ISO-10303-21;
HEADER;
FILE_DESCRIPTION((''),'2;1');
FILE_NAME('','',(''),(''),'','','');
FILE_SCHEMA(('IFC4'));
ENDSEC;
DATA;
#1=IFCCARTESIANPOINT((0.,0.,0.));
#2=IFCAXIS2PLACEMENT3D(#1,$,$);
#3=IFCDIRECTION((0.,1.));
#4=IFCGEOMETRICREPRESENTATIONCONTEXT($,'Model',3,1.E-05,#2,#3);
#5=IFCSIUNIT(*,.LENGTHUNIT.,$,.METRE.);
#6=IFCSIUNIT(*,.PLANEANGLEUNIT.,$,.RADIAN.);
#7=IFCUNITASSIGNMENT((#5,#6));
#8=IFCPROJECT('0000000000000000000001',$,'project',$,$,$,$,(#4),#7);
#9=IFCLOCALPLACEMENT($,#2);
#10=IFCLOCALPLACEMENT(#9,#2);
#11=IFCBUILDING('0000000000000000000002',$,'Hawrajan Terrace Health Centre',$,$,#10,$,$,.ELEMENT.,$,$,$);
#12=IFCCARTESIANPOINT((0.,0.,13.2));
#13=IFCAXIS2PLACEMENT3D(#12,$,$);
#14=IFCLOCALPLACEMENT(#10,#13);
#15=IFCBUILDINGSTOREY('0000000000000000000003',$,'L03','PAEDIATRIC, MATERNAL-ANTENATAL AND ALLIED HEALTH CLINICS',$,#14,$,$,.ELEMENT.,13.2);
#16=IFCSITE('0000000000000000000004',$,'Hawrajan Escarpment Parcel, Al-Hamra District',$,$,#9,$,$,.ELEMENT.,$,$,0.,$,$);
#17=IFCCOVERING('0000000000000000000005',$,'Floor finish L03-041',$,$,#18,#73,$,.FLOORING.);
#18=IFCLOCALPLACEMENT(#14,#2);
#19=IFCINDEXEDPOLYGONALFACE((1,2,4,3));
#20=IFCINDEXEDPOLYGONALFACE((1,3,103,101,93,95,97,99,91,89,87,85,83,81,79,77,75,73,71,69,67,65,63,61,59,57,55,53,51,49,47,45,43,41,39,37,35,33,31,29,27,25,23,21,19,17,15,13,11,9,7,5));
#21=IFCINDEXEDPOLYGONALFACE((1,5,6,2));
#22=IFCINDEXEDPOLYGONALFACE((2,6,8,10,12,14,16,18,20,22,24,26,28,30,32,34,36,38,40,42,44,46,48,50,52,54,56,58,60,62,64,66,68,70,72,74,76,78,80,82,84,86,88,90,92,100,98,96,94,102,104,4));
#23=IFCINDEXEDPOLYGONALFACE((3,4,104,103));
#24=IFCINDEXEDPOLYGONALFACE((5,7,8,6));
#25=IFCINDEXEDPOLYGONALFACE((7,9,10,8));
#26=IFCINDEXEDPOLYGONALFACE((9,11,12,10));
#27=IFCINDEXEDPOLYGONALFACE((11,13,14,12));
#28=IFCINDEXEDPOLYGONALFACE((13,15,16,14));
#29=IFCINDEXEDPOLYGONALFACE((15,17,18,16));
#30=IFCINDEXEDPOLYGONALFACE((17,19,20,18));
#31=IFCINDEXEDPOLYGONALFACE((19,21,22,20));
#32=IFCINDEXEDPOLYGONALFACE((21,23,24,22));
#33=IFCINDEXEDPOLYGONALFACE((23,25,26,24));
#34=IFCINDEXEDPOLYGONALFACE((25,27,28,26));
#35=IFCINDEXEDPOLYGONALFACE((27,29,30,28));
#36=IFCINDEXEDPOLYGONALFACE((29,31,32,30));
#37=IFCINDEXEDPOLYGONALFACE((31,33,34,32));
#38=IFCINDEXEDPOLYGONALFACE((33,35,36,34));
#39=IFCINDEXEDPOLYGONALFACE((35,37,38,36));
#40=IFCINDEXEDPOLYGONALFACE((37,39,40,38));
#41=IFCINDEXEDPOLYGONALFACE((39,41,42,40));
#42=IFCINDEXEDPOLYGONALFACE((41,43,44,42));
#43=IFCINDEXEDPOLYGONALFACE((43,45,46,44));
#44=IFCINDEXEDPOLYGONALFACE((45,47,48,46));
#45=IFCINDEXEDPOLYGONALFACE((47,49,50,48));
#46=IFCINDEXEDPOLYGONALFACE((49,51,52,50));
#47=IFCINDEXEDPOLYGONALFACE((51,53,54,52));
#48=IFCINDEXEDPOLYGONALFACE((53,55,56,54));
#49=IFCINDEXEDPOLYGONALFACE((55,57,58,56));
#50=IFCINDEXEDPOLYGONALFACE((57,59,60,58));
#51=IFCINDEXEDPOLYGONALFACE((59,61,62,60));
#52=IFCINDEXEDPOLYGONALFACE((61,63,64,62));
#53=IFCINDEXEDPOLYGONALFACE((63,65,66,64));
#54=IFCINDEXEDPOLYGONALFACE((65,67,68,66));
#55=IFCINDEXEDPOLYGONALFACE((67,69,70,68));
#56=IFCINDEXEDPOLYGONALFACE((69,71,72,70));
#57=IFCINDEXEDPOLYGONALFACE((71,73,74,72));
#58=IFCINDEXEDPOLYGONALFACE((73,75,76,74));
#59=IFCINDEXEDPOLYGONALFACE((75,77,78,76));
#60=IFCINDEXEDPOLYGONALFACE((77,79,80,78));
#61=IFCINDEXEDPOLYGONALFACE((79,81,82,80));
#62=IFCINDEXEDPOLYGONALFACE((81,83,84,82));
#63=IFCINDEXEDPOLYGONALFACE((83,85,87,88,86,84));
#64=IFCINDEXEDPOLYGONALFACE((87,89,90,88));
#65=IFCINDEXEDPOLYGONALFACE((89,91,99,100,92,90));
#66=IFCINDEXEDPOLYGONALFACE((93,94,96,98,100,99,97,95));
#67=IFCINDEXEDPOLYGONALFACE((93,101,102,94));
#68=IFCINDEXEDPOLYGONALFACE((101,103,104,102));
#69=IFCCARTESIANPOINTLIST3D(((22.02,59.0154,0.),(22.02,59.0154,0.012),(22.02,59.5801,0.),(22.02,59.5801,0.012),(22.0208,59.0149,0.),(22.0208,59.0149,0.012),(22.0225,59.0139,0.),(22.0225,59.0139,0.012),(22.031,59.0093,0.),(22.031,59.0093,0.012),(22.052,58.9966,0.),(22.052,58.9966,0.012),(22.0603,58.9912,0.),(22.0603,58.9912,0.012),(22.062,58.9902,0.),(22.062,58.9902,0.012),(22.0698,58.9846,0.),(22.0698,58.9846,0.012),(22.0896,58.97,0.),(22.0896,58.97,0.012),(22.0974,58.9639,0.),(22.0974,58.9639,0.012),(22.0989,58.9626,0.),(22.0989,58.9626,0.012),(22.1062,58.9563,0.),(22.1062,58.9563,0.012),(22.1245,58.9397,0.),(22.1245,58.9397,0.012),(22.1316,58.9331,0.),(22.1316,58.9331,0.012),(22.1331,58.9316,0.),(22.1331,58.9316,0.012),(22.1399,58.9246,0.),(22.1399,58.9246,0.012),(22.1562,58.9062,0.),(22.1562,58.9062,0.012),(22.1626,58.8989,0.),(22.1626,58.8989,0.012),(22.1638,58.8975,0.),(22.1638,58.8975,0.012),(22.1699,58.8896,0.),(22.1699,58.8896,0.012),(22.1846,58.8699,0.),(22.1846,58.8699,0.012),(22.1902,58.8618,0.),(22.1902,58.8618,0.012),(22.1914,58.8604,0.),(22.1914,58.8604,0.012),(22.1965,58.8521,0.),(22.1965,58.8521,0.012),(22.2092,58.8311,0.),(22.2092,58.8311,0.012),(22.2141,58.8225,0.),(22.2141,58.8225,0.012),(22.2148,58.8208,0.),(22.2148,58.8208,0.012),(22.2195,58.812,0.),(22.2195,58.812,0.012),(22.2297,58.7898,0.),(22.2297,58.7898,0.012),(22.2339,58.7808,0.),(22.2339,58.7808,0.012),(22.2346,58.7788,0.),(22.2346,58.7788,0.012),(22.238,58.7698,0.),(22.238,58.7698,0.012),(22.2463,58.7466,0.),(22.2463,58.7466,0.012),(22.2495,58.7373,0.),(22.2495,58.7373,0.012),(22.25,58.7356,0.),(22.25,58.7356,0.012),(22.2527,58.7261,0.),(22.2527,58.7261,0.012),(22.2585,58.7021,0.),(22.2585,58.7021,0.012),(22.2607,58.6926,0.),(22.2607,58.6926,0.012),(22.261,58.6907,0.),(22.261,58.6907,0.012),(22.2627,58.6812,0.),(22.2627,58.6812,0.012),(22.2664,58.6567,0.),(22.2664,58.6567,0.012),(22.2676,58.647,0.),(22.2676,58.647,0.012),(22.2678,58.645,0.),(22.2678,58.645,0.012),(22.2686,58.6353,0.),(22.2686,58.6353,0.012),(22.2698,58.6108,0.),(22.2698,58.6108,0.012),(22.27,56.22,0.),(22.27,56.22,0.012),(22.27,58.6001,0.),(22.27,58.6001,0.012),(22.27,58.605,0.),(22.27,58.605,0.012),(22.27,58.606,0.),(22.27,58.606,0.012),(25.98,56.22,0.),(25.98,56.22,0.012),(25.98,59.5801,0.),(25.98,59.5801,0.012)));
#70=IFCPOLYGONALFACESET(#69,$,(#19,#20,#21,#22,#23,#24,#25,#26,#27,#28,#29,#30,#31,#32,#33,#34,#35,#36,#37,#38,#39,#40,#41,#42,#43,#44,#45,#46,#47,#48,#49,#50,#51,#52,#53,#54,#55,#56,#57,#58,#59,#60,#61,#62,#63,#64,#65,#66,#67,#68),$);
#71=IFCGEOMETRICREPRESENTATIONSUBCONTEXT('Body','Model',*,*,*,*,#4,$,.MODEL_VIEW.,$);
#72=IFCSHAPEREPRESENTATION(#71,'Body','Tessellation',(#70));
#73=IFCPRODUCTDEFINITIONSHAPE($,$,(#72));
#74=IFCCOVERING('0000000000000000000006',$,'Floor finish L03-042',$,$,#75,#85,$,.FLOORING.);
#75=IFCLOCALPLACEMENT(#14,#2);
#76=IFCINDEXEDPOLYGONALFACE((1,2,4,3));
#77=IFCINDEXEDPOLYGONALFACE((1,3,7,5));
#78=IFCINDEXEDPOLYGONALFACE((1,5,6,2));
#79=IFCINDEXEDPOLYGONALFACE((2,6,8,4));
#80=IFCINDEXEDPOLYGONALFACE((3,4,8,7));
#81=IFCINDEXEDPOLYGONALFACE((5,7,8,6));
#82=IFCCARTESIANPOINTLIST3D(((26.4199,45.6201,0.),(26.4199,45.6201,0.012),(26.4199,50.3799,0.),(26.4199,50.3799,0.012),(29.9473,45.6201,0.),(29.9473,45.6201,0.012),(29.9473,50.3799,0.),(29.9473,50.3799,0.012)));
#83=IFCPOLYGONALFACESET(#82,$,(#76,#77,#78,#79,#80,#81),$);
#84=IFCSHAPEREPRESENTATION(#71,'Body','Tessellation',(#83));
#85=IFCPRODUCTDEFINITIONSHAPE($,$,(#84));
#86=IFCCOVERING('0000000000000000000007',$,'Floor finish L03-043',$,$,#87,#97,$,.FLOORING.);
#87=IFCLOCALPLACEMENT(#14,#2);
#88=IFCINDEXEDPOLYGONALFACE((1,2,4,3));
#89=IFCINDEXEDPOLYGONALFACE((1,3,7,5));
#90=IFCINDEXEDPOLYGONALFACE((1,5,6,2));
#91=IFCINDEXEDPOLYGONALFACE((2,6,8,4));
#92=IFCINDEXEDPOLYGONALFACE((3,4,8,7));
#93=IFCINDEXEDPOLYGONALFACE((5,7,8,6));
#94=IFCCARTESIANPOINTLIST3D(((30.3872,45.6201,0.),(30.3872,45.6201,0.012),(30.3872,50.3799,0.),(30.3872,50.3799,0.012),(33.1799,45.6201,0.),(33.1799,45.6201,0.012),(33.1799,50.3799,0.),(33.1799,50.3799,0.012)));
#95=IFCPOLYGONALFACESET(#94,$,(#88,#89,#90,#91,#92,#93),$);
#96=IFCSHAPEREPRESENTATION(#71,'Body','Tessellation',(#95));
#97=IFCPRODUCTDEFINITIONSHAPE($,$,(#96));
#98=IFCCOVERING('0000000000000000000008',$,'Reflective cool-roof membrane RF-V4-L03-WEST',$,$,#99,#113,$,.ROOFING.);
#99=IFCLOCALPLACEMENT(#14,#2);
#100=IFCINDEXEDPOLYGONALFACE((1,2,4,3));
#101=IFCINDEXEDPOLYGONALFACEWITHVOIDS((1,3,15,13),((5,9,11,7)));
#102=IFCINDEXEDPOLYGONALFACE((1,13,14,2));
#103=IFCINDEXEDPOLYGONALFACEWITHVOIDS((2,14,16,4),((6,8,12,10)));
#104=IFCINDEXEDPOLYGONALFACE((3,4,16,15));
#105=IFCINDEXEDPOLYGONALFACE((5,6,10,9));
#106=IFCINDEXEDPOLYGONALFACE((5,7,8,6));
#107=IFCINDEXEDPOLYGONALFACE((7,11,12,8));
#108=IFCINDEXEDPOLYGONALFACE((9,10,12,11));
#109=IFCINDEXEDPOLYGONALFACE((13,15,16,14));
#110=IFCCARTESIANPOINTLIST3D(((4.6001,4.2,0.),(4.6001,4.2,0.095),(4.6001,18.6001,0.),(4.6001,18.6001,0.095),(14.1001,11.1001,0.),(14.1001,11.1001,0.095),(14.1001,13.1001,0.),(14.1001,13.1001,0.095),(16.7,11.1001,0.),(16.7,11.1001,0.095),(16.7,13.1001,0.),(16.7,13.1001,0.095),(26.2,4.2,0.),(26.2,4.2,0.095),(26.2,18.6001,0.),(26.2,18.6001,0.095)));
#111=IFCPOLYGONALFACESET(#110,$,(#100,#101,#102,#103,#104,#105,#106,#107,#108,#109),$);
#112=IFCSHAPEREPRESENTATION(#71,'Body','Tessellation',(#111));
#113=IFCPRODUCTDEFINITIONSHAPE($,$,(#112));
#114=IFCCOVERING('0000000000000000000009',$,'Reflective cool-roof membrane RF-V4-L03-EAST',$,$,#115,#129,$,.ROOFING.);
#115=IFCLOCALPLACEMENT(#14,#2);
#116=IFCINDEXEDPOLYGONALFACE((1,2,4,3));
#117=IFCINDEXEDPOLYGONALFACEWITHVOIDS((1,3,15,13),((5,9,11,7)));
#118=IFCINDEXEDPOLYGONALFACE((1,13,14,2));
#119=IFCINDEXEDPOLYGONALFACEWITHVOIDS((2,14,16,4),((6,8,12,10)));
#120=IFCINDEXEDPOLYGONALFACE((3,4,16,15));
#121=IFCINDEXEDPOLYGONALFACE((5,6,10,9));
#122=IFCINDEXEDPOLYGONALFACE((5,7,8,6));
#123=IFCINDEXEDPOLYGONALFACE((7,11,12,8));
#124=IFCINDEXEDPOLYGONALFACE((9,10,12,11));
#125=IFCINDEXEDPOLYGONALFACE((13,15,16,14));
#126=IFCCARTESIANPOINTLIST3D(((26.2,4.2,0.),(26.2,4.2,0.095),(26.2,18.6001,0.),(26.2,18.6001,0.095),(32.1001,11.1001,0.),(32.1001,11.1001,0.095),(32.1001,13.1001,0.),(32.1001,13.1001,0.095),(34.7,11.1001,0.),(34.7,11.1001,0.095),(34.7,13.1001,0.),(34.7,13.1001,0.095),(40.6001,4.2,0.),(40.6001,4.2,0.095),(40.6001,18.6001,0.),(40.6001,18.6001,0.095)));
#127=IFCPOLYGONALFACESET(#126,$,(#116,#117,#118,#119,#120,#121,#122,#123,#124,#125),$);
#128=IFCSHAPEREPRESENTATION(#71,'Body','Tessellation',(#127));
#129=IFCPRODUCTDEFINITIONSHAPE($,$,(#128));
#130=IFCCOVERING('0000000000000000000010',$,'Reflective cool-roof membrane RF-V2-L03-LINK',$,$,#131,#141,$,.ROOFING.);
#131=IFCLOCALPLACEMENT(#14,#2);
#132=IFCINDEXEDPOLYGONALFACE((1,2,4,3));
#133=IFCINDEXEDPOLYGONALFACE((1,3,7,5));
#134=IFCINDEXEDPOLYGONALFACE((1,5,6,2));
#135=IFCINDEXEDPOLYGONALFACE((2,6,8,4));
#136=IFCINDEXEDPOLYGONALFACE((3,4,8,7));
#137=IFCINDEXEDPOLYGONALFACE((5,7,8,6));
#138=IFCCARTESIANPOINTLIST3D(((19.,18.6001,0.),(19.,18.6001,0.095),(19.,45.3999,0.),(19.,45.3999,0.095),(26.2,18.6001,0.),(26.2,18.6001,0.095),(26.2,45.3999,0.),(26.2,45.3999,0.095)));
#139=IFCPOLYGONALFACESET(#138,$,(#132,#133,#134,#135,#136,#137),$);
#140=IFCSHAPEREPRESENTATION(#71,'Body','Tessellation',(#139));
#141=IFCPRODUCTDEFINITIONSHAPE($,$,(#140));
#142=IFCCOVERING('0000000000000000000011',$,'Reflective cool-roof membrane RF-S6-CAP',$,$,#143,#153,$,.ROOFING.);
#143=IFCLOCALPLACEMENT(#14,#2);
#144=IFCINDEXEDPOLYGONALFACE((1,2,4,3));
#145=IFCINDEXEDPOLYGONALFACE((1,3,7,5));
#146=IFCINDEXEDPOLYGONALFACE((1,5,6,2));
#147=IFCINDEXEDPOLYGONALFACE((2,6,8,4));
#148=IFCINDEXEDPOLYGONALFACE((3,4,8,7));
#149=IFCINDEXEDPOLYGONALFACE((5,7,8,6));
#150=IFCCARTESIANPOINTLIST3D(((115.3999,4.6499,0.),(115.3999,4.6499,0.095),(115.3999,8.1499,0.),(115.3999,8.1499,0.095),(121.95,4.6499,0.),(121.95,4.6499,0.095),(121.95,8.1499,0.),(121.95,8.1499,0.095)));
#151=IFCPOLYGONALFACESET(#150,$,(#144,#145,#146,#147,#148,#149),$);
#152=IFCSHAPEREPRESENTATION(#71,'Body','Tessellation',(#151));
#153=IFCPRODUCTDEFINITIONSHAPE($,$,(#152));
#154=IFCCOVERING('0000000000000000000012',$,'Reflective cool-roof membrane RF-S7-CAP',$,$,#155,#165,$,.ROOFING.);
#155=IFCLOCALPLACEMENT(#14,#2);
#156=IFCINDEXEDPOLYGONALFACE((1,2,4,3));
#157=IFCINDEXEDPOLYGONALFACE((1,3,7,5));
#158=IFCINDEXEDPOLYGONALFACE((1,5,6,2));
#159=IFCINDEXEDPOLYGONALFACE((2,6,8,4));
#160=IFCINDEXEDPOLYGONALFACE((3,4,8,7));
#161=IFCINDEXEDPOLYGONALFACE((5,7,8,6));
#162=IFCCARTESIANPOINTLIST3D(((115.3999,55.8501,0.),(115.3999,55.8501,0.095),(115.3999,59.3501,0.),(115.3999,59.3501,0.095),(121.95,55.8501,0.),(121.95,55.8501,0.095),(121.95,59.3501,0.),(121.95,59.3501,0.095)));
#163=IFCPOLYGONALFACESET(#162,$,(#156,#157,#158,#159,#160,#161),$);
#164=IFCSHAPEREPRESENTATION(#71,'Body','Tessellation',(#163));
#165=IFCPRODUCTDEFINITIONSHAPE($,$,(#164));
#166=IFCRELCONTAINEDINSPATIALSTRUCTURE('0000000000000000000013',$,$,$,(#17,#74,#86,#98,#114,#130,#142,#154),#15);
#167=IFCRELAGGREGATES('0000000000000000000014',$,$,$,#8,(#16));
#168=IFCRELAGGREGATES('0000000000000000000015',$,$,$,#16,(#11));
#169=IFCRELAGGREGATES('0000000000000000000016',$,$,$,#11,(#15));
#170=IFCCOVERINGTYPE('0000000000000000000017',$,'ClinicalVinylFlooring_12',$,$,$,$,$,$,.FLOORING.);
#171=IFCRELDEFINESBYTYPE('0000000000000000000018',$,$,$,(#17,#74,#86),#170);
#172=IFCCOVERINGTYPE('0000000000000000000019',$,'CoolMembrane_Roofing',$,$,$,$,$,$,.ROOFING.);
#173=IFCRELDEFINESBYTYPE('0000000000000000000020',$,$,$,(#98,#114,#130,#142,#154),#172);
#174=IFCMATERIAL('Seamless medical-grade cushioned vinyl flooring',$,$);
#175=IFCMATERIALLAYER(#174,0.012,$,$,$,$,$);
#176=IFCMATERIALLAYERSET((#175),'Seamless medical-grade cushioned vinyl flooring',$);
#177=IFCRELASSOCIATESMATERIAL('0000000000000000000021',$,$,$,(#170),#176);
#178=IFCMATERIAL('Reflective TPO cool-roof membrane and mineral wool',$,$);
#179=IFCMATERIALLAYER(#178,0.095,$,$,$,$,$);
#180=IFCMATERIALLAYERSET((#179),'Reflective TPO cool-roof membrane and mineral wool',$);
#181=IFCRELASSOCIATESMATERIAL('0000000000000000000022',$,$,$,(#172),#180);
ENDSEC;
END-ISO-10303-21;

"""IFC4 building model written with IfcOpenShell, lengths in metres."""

from ifc_helpers import new_model, si_unit, direction, frame, origin, place, context, subcontext, project, spatial, polyline, outline, extrude, material, layer, layer_set, type_object, element, save


model = new_model("IFC4")

# Units and contexts
model_context = context("Model", 3, precision=1e-05, world=origin(), true_north=direction((0.0, 1.0)))
body_context = subcontext(model_context, "Body", "Model", "MODEL_VIEW")
ifc_project = project(units=[si_unit("LENGTHUNIT", "METRE"), si_unit("PLANEANGLEUNIT", "RADIAN")], contexts=[model_context])

# Site, building, storey
site_placement = place(None, origin())
site = spatial("IfcSite", under=ifc_project, at=site_placement, Name="Hawrajan Escarpment Parcel, Al-Hamra District", CompositionType="ELEMENT", RefElevation=0.0)
building_placement = place(site_placement, origin())
building = spatial("IfcBuilding", under=site, at=building_placement, Name="Hawrajan Terrace Health Centre", CompositionType="ELEMENT")
storey_placement = place(building_placement, frame((0.0, 0.0, 13.2)))
storey = spatial("IfcBuildingStorey", under=building, at=storey_placement, Name="L03", Description="PAEDIATRIC, MATERNAL-ANTENATAL AND ALLIED HEALTH CLINICS", CompositionType="ELEMENT", Elevation=13.2)

# Coverings
ifc_material_1 = material(Name="Seamless medical-grade cushioned vinyl flooring")
ifc_layer_1 = layer(ifc_material_1, 0.012)
ifc_layer_set_1 = layer_set([ifc_layer_1], Name="Seamless medical-grade cushioned vinyl flooring")
covering_type_1 = type_object("IfcCoveringType", Name="ClinicalVinylFlooring_12", PredefinedType="FLOORING", material=ifc_layer_set_1)
covering_1_placement = place(storey_placement, origin())
element("IfcCovering", 1, at=covering_1_placement, inside=storey, type_object=covering_type_1, Name="Floor finish L03-041", PredefinedType="FLOORING", context=body_context, shape_type="SweptSolid", body=[
    extrude(outline(polyline([(22.02, 59.0154), (22.02, 59.5801), (25.98, 59.5801), (25.98, 56.22), (22.27, 56.22), (22.27, 58.6001), (22.27, 58.605), (22.27, 58.606), (22.2698, 58.6108), (22.2686, 58.6353), (22.2678, 58.645), (22.2676, 58.647), (22.2664, 58.6567), (22.2627, 58.6812), (22.261, 58.6907), (22.2607, 58.6926), (22.2585, 58.7021), (22.2527, 58.7261), (22.25, 58.7356), (22.2495, 58.7373), (22.2463, 58.7466), (22.238, 58.7698), (22.2346, 58.7788), (22.2339, 58.7808), (22.2297, 58.7898), (22.2195, 58.812), (22.2148, 58.8208), (22.2141, 58.8225), (22.2092, 58.8311), (22.1965, 58.8521), (22.1914, 58.8604), (22.1902, 58.8618), (22.1846, 58.8699), (22.1699, 58.8896), (22.1638, 58.8975), (22.1626, 58.8989), (22.1562, 58.9062), (22.1399, 58.9246), (22.1331, 58.9316), (22.1316, 58.9331), (22.1245, 58.9397), (22.1062, 58.9563), (22.0989, 58.9626), (22.0974, 58.9639), (22.0896, 58.97), (22.0698, 58.9846), (22.062, 58.9902), (22.0603, 58.9912), (22.052, 58.9966), (22.031, 59.0093), (22.0225, 59.0139), (22.0208, 59.0149), (22.02, 59.0154)])), origin(), (0.0, 0.0, 1.0), 0.012),
])
covering_2_placement = place(storey_placement, origin())
element("IfcCovering", 2, at=covering_2_placement, inside=storey, type_object=covering_type_1, Name="Floor finish L03-042", PredefinedType="FLOORING", context=body_context, shape_type="SweptSolid", body=[
    extrude(outline(polyline([(26.4199, 50.3799), (29.9473, 50.3799), (29.9473, 45.6201), (26.4199, 45.6201), (26.4199, 50.3799)])), origin(), (0.0, 0.0, 1.0), 0.012),
])
covering_3_placement = place(storey_placement, origin())
element("IfcCovering", 3, at=covering_3_placement, inside=storey, type_object=covering_type_1, Name="Floor finish L03-043", PredefinedType="FLOORING", context=body_context, shape_type="SweptSolid", body=[
    extrude(outline(polyline([(30.3872, 50.3799), (33.1799, 50.3799), (33.1799, 45.6201), (30.3872, 45.6201), (30.3872, 50.3799)])), origin(), (0.0, 0.0, 1.0), 0.012),
])
ifc_material_2 = material(Name="Reflective TPO cool-roof membrane and mineral wool")
ifc_layer_2 = layer(ifc_material_2, 0.095)
ifc_layer_set_2 = layer_set([ifc_layer_2], Name="Reflective TPO cool-roof membrane and mineral wool")
covering_type_2 = type_object("IfcCoveringType", Name="CoolMembrane_Roofing", PredefinedType="ROOFING", material=ifc_layer_set_2)
covering_4_placement = place(storey_placement, origin())
element("IfcCovering", 4, at=covering_4_placement, inside=storey, type_object=covering_type_2, Name="Reflective cool-roof membrane RF-V4-L03-WEST", PredefinedType="ROOFING", context=body_context, shape_type="SweptSolid", body=[
    extrude(outline(polyline([(4.6001, 4.2), (26.2, 4.2), (26.2, 18.6001), (4.6001, 18.6001), (4.6001, 4.2)]), holes=[polyline([(14.1001, 11.1001), (16.7, 11.1001), (16.7, 13.1001), (14.1001, 13.1001), (14.1001, 11.1001)])]), origin(), (0.0, 0.0, 1.0), 0.095),
])
covering_5_placement = place(storey_placement, origin())
element("IfcCovering", 5, at=covering_5_placement, inside=storey, type_object=covering_type_2, Name="Reflective cool-roof membrane RF-V4-L03-EAST", PredefinedType="ROOFING", context=body_context, shape_type="SweptSolid", body=[
    extrude(outline(polyline([(26.2, 4.2), (40.6001, 4.2), (40.6001, 18.6001), (26.2, 18.6001), (26.2, 4.2)]), holes=[polyline([(32.1001, 11.1001), (34.7, 11.1001), (34.7, 13.1001), (32.1001, 13.1001), (32.1001, 11.1001)])]), origin(), (0.0, 0.0, 1.0), 0.095),
])
covering_6_placement = place(storey_placement, origin())
element("IfcCovering", 6, at=covering_6_placement, inside=storey, type_object=covering_type_2, Name="Reflective cool-roof membrane RF-V2-L03-LINK", PredefinedType="ROOFING", context=body_context, shape_type="SweptSolid", body=[
    extrude(outline(polyline([(19.0, 18.6001), (26.2, 18.6001), (26.2, 45.3999), (19.0, 45.3999), (19.0, 18.6001)])), origin(), (0.0, 0.0, 1.0), 0.095),
])
covering_7_placement = place(storey_placement, origin())
element("IfcCovering", 7, at=covering_7_placement, inside=storey, type_object=covering_type_2, Name="Reflective cool-roof membrane RF-S6-CAP", PredefinedType="ROOFING", context=body_context, shape_type="SweptSolid", body=[
    extrude(outline(polyline([(115.3999, 4.6499), (121.95, 4.6499), (121.95, 8.1499), (115.3999, 8.1499), (115.3999, 4.6499)])), origin(), (0.0, 0.0, 1.0), 0.095),
])
covering_8_placement = place(storey_placement, origin())
element("IfcCovering", 8, at=covering_8_placement, inside=storey, type_object=covering_type_2, Name="Reflective cool-roof membrane RF-S7-CAP", PredefinedType="ROOFING", context=body_context, shape_type="SweptSolid", body=[
    extrude(outline(polyline([(115.3999, 55.8501), (121.95, 55.8501), (121.95, 59.3501), (115.3999, 59.3501), (115.3999, 55.8501)])), origin(), (0.0, 0.0, 1.0), 0.095),
])

save(model, "model.ifc")
